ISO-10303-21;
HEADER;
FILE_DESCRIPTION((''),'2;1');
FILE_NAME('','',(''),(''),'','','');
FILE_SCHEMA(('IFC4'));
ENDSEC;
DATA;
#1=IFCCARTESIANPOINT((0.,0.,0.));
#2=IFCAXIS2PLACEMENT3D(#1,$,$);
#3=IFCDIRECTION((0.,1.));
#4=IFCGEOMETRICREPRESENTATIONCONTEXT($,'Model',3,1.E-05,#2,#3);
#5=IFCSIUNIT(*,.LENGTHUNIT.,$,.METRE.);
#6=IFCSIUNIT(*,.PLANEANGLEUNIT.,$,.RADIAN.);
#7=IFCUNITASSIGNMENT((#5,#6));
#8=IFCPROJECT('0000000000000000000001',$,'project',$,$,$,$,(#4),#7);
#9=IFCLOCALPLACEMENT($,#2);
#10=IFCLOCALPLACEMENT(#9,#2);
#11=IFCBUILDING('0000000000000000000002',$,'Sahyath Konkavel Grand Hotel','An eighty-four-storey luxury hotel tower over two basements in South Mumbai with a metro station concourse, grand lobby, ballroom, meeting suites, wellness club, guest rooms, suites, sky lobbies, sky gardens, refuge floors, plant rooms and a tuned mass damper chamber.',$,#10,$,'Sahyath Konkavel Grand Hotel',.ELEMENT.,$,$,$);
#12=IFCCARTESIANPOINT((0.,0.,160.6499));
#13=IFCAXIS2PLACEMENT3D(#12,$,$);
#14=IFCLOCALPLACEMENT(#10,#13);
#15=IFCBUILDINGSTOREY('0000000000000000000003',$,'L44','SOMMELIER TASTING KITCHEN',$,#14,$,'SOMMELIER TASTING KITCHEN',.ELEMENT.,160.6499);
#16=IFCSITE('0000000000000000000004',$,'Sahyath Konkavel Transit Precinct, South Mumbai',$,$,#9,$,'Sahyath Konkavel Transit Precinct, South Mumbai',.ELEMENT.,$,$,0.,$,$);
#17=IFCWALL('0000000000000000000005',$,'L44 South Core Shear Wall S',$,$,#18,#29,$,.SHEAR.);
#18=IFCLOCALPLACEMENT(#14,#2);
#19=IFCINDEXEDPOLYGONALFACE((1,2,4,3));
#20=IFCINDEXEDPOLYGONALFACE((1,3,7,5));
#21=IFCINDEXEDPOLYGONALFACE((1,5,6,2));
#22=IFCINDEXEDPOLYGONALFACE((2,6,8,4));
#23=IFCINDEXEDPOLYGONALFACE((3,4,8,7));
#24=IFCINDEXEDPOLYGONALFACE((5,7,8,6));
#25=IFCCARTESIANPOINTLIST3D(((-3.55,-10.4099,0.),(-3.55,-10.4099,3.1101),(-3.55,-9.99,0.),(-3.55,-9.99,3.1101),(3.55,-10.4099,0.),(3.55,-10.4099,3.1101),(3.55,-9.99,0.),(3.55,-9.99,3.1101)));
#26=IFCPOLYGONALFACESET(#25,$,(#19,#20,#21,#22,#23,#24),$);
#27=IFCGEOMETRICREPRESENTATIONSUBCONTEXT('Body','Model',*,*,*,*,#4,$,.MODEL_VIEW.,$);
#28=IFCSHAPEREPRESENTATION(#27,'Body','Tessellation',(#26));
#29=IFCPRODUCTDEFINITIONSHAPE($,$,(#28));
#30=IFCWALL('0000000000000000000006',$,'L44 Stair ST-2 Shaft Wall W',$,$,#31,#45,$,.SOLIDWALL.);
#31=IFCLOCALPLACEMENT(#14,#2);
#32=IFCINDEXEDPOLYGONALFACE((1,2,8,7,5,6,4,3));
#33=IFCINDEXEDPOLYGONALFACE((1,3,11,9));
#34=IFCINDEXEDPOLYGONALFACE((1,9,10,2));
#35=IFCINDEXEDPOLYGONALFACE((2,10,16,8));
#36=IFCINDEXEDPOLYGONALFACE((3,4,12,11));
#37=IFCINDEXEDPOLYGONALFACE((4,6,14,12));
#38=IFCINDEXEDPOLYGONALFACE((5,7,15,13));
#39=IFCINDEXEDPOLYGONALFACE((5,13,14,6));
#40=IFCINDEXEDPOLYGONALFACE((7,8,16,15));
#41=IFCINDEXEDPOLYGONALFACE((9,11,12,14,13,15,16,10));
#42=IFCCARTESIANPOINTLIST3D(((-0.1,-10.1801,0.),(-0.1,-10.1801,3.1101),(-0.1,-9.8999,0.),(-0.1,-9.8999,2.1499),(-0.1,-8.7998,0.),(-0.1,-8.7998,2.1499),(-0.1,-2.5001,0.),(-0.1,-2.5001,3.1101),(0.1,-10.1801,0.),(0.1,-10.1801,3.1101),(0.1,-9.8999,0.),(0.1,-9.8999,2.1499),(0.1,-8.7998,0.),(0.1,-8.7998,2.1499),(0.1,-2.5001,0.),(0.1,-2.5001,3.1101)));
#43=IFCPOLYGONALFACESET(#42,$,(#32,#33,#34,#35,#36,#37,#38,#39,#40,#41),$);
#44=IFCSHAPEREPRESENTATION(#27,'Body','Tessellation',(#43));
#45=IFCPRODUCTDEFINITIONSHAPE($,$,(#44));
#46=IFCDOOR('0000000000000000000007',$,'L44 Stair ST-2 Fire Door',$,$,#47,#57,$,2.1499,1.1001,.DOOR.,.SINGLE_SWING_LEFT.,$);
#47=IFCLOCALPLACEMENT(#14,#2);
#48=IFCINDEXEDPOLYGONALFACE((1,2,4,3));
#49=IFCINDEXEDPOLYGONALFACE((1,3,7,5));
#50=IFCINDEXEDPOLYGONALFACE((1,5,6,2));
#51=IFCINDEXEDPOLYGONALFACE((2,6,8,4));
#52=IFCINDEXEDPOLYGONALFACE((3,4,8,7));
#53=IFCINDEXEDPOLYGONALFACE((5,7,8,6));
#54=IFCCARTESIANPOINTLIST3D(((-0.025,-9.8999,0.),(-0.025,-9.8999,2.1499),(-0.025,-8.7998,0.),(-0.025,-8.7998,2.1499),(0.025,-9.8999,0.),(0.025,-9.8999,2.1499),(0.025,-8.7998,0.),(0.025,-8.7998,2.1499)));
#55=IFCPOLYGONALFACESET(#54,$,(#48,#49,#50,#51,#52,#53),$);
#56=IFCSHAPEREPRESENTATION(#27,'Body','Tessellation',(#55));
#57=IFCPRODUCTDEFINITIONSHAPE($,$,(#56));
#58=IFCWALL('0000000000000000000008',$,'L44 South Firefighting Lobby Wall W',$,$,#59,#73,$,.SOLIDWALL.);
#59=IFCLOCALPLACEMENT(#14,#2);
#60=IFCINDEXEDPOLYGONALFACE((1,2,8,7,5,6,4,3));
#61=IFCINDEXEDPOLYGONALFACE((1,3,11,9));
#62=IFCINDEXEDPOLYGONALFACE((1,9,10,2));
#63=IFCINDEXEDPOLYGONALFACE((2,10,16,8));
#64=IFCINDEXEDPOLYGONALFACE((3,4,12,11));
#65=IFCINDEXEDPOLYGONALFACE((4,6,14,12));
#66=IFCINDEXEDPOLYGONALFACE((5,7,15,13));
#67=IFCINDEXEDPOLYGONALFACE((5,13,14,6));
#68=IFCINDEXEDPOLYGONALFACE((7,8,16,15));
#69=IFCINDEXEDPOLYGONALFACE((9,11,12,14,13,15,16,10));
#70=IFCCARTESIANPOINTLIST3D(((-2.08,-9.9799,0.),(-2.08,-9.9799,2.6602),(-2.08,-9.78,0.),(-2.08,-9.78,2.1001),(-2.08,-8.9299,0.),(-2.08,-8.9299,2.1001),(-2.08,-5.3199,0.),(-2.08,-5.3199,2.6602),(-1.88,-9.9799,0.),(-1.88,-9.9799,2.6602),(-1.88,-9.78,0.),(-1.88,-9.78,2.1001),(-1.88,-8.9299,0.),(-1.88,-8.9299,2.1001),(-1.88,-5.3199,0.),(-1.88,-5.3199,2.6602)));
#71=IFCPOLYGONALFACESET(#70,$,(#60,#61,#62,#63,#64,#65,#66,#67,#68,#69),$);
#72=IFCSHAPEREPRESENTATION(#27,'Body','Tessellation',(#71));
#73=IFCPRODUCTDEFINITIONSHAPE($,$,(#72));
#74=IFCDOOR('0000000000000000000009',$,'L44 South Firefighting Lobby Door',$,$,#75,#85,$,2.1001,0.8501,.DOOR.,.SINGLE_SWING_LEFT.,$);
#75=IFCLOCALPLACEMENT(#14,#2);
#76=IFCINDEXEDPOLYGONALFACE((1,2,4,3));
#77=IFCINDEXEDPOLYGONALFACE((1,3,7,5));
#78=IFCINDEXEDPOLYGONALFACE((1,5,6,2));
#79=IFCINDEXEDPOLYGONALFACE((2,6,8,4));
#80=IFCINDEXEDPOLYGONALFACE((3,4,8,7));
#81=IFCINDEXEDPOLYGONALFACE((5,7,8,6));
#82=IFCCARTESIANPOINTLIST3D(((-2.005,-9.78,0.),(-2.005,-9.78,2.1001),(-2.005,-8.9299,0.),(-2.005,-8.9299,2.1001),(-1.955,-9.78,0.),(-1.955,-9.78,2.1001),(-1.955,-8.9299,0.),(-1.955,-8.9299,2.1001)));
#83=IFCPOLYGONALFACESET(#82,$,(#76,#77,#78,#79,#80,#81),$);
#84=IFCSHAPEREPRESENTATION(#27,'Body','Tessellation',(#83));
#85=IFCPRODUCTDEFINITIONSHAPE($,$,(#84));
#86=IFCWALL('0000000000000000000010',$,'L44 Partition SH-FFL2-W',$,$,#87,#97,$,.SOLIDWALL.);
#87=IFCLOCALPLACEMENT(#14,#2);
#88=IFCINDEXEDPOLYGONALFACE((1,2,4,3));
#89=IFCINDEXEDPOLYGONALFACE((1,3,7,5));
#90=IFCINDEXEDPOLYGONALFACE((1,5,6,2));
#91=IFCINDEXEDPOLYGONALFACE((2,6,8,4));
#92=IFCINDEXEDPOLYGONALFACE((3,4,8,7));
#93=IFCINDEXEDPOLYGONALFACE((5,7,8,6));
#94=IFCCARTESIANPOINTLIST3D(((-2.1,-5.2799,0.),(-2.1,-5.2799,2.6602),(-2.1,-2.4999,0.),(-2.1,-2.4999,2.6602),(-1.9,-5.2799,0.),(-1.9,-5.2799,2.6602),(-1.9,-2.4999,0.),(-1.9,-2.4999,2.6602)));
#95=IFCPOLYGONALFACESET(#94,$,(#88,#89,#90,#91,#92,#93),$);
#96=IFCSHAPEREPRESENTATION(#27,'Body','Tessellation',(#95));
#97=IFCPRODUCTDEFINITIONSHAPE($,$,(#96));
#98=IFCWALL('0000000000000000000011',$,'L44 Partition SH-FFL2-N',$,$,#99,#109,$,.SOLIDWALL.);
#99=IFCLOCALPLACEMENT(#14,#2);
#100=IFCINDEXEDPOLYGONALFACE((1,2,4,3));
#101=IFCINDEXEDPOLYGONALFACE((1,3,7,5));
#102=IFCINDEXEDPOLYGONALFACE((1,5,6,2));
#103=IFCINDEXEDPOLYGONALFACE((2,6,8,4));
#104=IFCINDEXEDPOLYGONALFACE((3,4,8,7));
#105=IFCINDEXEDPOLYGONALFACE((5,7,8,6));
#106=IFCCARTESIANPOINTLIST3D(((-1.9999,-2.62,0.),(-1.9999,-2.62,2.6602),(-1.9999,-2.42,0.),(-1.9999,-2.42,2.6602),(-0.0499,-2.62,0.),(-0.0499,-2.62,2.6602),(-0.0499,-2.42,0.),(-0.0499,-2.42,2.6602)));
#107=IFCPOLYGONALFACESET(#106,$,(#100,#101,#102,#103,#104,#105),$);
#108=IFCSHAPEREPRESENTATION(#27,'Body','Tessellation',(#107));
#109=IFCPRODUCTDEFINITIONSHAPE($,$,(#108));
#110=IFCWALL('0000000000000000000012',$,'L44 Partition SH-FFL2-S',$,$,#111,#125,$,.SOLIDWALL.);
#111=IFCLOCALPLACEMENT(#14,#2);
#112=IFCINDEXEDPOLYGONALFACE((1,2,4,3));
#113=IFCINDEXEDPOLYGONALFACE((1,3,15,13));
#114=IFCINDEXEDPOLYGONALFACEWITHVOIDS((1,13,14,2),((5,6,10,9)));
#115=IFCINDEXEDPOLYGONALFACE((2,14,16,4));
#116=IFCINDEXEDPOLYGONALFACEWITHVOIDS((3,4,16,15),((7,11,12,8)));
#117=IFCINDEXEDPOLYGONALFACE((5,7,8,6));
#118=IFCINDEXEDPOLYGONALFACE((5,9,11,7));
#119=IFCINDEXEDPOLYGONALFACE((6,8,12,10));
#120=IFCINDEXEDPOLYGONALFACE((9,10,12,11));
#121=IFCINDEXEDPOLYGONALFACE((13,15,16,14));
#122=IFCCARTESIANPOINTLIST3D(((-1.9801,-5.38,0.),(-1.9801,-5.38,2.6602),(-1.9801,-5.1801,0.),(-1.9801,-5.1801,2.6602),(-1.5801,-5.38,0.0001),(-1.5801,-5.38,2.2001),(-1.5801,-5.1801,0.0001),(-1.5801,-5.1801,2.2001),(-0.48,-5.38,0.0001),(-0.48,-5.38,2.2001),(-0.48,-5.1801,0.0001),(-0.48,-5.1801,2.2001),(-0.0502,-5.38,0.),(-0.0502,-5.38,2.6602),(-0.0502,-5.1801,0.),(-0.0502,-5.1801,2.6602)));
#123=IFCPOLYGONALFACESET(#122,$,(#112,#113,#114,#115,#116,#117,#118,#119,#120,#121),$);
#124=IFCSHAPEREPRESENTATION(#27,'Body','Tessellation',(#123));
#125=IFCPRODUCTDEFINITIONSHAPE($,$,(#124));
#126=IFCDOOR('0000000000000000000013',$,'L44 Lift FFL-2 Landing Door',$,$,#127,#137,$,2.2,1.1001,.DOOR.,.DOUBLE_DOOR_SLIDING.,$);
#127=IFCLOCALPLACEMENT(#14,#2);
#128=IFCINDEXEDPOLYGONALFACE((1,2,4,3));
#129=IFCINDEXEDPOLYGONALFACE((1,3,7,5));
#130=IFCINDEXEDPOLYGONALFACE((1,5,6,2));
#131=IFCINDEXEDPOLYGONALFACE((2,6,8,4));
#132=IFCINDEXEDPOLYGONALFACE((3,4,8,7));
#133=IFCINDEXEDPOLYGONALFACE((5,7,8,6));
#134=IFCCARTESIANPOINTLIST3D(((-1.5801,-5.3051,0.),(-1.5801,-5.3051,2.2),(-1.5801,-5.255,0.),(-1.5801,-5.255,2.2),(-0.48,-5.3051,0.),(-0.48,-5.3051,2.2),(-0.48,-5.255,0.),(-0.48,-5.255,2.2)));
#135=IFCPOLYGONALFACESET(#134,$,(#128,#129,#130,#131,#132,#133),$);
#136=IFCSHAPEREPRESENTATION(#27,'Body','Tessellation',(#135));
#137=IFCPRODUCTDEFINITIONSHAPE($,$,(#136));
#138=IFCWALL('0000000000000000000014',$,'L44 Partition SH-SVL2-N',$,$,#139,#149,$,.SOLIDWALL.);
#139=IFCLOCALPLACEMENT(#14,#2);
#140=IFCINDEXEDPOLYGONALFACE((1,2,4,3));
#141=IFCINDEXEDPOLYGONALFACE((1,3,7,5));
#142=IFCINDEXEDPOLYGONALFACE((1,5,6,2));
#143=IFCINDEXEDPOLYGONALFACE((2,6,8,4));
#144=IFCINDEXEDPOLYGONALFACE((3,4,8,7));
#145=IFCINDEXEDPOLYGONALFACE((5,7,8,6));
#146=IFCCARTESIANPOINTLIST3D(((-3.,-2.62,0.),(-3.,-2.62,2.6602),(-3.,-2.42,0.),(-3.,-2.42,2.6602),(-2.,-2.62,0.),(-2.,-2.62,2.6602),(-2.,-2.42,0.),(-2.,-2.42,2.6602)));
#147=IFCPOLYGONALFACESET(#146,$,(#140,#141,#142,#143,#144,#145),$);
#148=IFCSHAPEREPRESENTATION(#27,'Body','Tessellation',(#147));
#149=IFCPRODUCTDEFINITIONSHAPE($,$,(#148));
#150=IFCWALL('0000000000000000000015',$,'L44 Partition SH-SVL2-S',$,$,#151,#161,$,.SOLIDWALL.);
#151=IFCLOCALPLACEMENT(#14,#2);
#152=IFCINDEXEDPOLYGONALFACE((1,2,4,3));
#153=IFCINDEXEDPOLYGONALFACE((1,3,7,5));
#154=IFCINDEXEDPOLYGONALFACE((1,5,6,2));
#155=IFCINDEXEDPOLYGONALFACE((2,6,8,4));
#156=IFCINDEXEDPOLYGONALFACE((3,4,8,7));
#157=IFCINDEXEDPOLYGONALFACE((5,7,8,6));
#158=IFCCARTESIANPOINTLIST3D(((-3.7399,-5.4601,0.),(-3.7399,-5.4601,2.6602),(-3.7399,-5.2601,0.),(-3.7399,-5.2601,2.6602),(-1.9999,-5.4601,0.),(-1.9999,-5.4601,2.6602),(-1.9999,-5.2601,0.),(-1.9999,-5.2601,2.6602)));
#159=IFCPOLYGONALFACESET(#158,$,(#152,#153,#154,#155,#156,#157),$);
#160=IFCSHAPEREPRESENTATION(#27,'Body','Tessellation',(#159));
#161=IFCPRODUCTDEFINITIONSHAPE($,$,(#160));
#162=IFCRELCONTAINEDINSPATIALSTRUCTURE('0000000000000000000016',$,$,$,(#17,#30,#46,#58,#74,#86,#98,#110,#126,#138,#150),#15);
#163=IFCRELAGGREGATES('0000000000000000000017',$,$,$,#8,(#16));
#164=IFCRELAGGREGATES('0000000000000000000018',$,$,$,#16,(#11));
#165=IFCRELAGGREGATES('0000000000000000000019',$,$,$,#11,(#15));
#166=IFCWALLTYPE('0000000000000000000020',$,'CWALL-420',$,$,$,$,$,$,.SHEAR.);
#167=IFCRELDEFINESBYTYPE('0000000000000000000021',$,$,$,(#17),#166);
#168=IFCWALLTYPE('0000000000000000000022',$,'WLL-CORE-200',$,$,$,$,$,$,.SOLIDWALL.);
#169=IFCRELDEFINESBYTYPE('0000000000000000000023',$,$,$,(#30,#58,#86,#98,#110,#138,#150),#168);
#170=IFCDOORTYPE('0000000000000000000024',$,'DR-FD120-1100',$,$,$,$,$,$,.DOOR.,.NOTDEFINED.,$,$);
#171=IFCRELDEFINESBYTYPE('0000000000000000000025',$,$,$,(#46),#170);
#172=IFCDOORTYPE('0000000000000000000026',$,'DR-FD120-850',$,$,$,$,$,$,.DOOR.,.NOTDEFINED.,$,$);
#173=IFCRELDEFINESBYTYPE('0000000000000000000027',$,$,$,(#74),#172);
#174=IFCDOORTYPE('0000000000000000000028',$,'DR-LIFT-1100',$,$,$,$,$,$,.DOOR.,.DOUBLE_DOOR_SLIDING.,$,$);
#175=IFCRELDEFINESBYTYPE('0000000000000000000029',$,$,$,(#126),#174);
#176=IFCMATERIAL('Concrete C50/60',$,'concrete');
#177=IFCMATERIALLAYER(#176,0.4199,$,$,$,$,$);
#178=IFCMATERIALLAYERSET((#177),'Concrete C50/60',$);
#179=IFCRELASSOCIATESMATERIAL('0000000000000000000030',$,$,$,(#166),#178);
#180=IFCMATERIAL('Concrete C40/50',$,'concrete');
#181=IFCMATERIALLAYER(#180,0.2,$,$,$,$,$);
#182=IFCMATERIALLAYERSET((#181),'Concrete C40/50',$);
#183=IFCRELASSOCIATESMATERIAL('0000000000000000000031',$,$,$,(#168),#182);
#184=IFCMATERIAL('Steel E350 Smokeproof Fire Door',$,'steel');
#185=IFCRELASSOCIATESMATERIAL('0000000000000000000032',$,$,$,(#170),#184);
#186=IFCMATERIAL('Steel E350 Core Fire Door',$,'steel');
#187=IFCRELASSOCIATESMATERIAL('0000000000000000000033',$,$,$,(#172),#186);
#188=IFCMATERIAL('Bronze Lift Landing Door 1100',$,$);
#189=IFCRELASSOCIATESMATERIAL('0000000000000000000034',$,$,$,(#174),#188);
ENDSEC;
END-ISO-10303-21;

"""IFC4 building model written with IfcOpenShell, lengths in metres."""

from ifc_helpers import new_model, si_unit, direction, frame, frame_2d, origin, origin_2d, place, context, subcontext, project, spatial, rectangle, extrude, source, transform, mapped, material, layer, layer_set, type_object, element, fill, save


model = new_model("IFC4")

# Units and contexts
model_context = context("Model", 3, precision=1e-05, world=origin(), true_north=direction((0.0, 1.0)))
body_context = subcontext(model_context, "Body", "Model", "MODEL_VIEW")
ifc_project = project(units=[si_unit("LENGTHUNIT", "METRE"), si_unit("PLANEANGLEUNIT", "RADIAN")], contexts=[model_context])

# Site, building, storey
site_placement = place(None, origin())
site = spatial("IfcSite", under=ifc_project, at=site_placement, Name="Sahyath Konkavel Transit Precinct, South Mumbai", LongName="Sahyath Konkavel Transit Precinct, South Mumbai", CompositionType="ELEMENT", RefElevation=0.0)
building_placement = place(site_placement, origin())
building = spatial("IfcBuilding", under=site, at=building_placement, Name="Sahyath Konkavel Grand Hotel", Description="An eighty-four-storey luxury hotel tower over two basements in South Mumbai with a metro station concourse, grand lobby, ballroom, meeting suites, wellness club, guest rooms, suites, sky lobbies, sky gardens, refuge floors, plant rooms and a tuned mass damper chamber.", LongName="Sahyath Konkavel Grand Hotel", CompositionType="ELEMENT")
storey_placement = place(building_placement, frame((0.0, 0.0, 160.6499)))
storey = spatial("IfcBuildingStorey", under=building, at=storey_placement, Name="L44", Description="SOMMELIER TASTING KITCHEN", LongName="SOMMELIER TASTING KITCHEN", CompositionType="ELEMENT", Elevation=160.6499)

# Shared definitions
ifc_material_1 = material(Name="Concrete C50/60", Category="concrete")

# Wall
ifc_layer_1 = layer(ifc_material_1, 0.4199)
ifc_layer_set_1 = layer_set([ifc_layer_1], Name="Concrete C50/60")
wall_type_1 = type_object("IfcWallType", Name="CWALL-420", PredefinedType="SHEAR", material=ifc_layer_set_1)
wall_1_placement = place(storey_placement, frame((-3.55, -10.2, 0.0), z_axis=(0.0, 0.0, 1.0), x_axis=(1.0, 0.0, 0.0)))
element("IfcWall", 1, at=wall_1_placement, inside=storey, type_object=wall_type_1, Name="L44 South Core Shear Wall S", PredefinedType="SHEAR", context=body_context, shape_type="SweptSolid", body=[
    extrude(rectangle(XDim=7.1001, YDim=0.4199, at=frame_2d((3.55, 0.0))), origin(), (0.0, 0.0, 1.0), 3.1101),
])

# Walls, openings, doors
ifc_material_2 = material(Name="Concrete C40/50", Category="concrete")
ifc_layer_2 = layer(ifc_material_2, 0.2)
ifc_layer_set_2 = layer_set([ifc_layer_2], Name="Concrete C40/50")
wall_type_2 = type_object("IfcWallType", Name="WLL-CORE-200", PredefinedType="SOLIDWALL", material=ifc_layer_set_2)
wall_2_placement = place(storey_placement, frame((0.0, -10.1799, 0.0), z_axis=(0.0, 0.0, 1.0), x_axis=(0.0, 1.0, 0.0)))
wall_2 = element("IfcWall", 2, at=wall_2_placement, inside=storey, type_object=wall_type_2, Name="L44 Stair ST-2 Shaft Wall W", PredefinedType="SOLIDWALL", context=body_context, shape_type="SweptSolid", body=[
    extrude(rectangle(XDim=7.6799, YDim=0.2, at=frame_2d((3.8398, 0.0))), origin(), (0.0, 0.0, 1.0), 3.1101),
])
opening_1_placement = place(wall_2_placement, frame((0.28, 0.0, 0.0)))
opening_1 = element("IfcOpeningElement", 3, at=opening_1_placement, cuts=wall_2, PredefinedType="OPENING", context=body_context, shape_type="SweptSolid", body=[
    extrude(rectangle(XDim=1.1001, YDim=2.1499, at=frame_2d((0.55, 1.075))), frame((0.0, 0.1099, 0.0), z_axis=(0.0, -1.0, 0.0), x_axis=(1.0, 0.0, 0.0)), (0.0, 0.0, 1.0), 0.22),
])
ifc_material_3 = material(Name="Steel E350 Smokeproof Fire Door", Category="steel")
door_type_1 = type_object("IfcDoorType", Name="DR-FD120-1100", OperationType="NOTDEFINED", PredefinedType="DOOR", material=ifc_material_3)
shared_shape_1 = source(origin(), body_context, "Body", "SweptSolid", [
    extrude(rectangle(XDim=1.1001, YDim=0.05, at=origin_2d()), origin(), (0.0, 0.0, 1.0), 2.1499),
])
door_1_placement = place(opening_1_placement, frame((0.55, 0.0, 0.0)))
door_1 = element("IfcDoor", 4, at=door_1_placement, inside=storey, type_object=door_type_1, Name="L44 Stair ST-2 Fire Door", OperationType="SINGLE_SWING_LEFT", OverallHeight=2.1499, OverallWidth=1.1001, PredefinedType="DOOR", context=body_context, shape_type="MappedRepresentation", body=[
    mapped(shared_shape_1, transform((0.0, 0.0, 0.0), scale=1.0)),
])
fill(opening_1, door_1)
wall_3_placement = place(storey_placement, frame((-1.98, -9.98, 0.0), z_axis=(0.0, 0.0, 1.0), x_axis=(0.0, 1.0, 0.0)))
wall_3 = element("IfcWall", 5, at=wall_3_placement, inside=storey, type_object=wall_type_2, Name="L44 South Firefighting Lobby Wall W", PredefinedType="SOLIDWALL", context=body_context, shape_type="SweptSolid", body=[
    extrude(rectangle(XDim=4.6599, YDim=0.2, at=frame_2d((2.3301, 0.0))), origin(), (0.0, 0.0, 1.0), 2.6602),
])
opening_2_placement = place(wall_3_placement, frame((0.2, 0.0, 0.0)))
opening_2 = element("IfcOpeningElement", 6, at=opening_2_placement, cuts=wall_3, PredefinedType="OPENING", context=body_context, shape_type="SweptSolid", body=[
    extrude(rectangle(XDim=0.8501, YDim=2.1001, at=frame_2d((0.425, 1.05))), frame((0.0, 0.1099, 0.0), z_axis=(0.0, -1.0, 0.0), x_axis=(1.0, 0.0, 0.0)), (0.0, 0.0, 1.0), 0.22),
])
ifc_material_4 = material(Name="Steel E350 Core Fire Door", Category="steel")
door_type_2 = type_object("IfcDoorType", Name="DR-FD120-850", OperationType="NOTDEFINED", PredefinedType="DOOR", material=ifc_material_4)
shared_shape_2 = source(origin(), body_context, "Body", "SweptSolid", [
    extrude(rectangle(XDim=0.8501, YDim=0.05, at=origin_2d()), origin(), (0.0, 0.0, 1.0), 2.1001),
])
door_2_placement = place(opening_2_placement, frame((0.425, 0.0, 0.0)))
door_2 = element("IfcDoor", 7, at=door_2_placement, inside=storey, type_object=door_type_2, Name="L44 South Firefighting Lobby Door", OperationType="SINGLE_SWING_LEFT", OverallHeight=2.1001, OverallWidth=0.8501, PredefinedType="DOOR", context=body_context, shape_type="MappedRepresentation", body=[
    mapped(shared_shape_2, transform((0.0, 0.0, 0.0), scale=1.0)),
])
fill(opening_2, door_2)

# Walls
wall_4_placement = place(storey_placement, frame((-2.0, -5.28, 0.0), z_axis=(0.0, 0.0, 1.0), x_axis=(0.0, 1.0, 0.0)))
element("IfcWall", 8, at=wall_4_placement, inside=storey, type_object=wall_type_2, Name="L44 Partition SH-FFL2-W", PredefinedType="SOLIDWALL", context=body_context, shape_type="SweptSolid", body=[
    extrude(rectangle(XDim=2.78, YDim=0.2, at=frame_2d((1.3901, 0.0))), origin(), (0.0, 0.0, 1.0), 2.6602),
])
wall_5_placement = place(storey_placement, frame((-2.0, -2.52, 0.0), z_axis=(0.0, 0.0, 1.0), x_axis=(1.0, 0.0, 0.0)))
element("IfcWall", 9, at=wall_5_placement, inside=storey, type_object=wall_type_2, Name="L44 Partition SH-FFL2-N", PredefinedType="SOLIDWALL", context=body_context, shape_type="SweptSolid", body=[
    extrude(rectangle(XDim=1.95, YDim=0.2, at=frame_2d((0.9751, 0.0))), origin(), (0.0, 0.0, 1.0), 2.6602),
])

# Wall, opening, door
wall_6_placement = place(storey_placement, frame((-1.98, -5.28, 0.0), z_axis=(0.0, 0.0, 1.0), x_axis=(1.0, 0.0, 0.0)))
wall_6 = element("IfcWall", 10, at=wall_6_placement, inside=storey, type_object=wall_type_2, Name="L44 Partition SH-FFL2-S", PredefinedType="SOLIDWALL", context=body_context, shape_type="SweptSolid", body=[
    extrude(rectangle(XDim=1.9299, YDim=0.2, at=frame_2d((0.9648, 0.0))), origin(), (0.0, 0.0, 1.0), 2.6602),
])
opening_3_placement = place(wall_6_placement, frame((0.3999, 0.0, 0.0)))
opening_3 = element("IfcOpeningElement", 11, at=opening_3_placement, cuts=wall_6, PredefinedType="OPENING", context=body_context, shape_type="SweptSolid", body=[
    extrude(rectangle(XDim=1.1001, YDim=2.2, at=frame_2d((0.55, 1.1001))), frame((0.0, 0.1099, 0.0), z_axis=(0.0, -1.0, 0.0), x_axis=(1.0, 0.0, 0.0)), (0.0, 0.0, 1.0), 0.22),
])
ifc_material_5 = material(Name="Bronze Lift Landing Door 1100")
door_type_3 = type_object("IfcDoorType", Name="DR-LIFT-1100", OperationType="DOUBLE_DOOR_SLIDING", PredefinedType="DOOR", material=ifc_material_5)
shared_shape_3 = source(origin(), body_context, "Body", "SweptSolid", [
    extrude(rectangle(XDim=1.1001, YDim=0.05, at=origin_2d()), origin(), (0.0, 0.0, 1.0), 2.2),
])
door_3_placement = place(opening_3_placement, frame((0.55, 0.0, 0.0)))
door_3 = element("IfcDoor", 12, at=door_3_placement, inside=storey, type_object=door_type_3, Name="L44 Lift FFL-2 Landing Door", OperationType="DOUBLE_DOOR_SLIDING", OverallHeight=2.2, OverallWidth=1.1001, PredefinedType="DOOR", context=body_context, shape_type="MappedRepresentation", body=[
    mapped(shared_shape_3, transform((0.0, 0.0, 0.0), scale=1.0)),
])
fill(opening_3, door_3)

# Walls
wall_7_placement = place(storey_placement, frame((-3.0, -2.52, 0.0), z_axis=(0.0, 0.0, 1.0), x_axis=(1.0, 0.0, 0.0)))
element("IfcWall", 13, at=wall_7_placement, inside=storey, type_object=wall_type_2, Name="L44 Partition SH-SVL2-N", PredefinedType="SOLIDWALL", context=body_context, shape_type="SweptSolid", body=[
    extrude(rectangle(XDim=1.0, YDim=0.2, at=frame_2d((0.5, 0.0))), origin(), (0.0, 0.0, 1.0), 2.6602),
])
wall_8_placement = place(storey_placement, frame((-3.74, -5.3601, 0.0), z_axis=(0.0, 0.0, 1.0), x_axis=(1.0, 0.0, 0.0)))
element("IfcWall", 14, at=wall_8_placement, inside=storey, type_object=wall_type_2, Name="L44 Partition SH-SVL2-S", PredefinedType="SOLIDWALL", context=body_context, shape_type="SweptSolid", body=[
    extrude(rectangle(XDim=1.74, YDim=0.2, at=frame_2d((0.8701, 0.0))), origin(), (0.0, 0.0, 1.0), 2.6602),
])

save(model, "model.ifc")
